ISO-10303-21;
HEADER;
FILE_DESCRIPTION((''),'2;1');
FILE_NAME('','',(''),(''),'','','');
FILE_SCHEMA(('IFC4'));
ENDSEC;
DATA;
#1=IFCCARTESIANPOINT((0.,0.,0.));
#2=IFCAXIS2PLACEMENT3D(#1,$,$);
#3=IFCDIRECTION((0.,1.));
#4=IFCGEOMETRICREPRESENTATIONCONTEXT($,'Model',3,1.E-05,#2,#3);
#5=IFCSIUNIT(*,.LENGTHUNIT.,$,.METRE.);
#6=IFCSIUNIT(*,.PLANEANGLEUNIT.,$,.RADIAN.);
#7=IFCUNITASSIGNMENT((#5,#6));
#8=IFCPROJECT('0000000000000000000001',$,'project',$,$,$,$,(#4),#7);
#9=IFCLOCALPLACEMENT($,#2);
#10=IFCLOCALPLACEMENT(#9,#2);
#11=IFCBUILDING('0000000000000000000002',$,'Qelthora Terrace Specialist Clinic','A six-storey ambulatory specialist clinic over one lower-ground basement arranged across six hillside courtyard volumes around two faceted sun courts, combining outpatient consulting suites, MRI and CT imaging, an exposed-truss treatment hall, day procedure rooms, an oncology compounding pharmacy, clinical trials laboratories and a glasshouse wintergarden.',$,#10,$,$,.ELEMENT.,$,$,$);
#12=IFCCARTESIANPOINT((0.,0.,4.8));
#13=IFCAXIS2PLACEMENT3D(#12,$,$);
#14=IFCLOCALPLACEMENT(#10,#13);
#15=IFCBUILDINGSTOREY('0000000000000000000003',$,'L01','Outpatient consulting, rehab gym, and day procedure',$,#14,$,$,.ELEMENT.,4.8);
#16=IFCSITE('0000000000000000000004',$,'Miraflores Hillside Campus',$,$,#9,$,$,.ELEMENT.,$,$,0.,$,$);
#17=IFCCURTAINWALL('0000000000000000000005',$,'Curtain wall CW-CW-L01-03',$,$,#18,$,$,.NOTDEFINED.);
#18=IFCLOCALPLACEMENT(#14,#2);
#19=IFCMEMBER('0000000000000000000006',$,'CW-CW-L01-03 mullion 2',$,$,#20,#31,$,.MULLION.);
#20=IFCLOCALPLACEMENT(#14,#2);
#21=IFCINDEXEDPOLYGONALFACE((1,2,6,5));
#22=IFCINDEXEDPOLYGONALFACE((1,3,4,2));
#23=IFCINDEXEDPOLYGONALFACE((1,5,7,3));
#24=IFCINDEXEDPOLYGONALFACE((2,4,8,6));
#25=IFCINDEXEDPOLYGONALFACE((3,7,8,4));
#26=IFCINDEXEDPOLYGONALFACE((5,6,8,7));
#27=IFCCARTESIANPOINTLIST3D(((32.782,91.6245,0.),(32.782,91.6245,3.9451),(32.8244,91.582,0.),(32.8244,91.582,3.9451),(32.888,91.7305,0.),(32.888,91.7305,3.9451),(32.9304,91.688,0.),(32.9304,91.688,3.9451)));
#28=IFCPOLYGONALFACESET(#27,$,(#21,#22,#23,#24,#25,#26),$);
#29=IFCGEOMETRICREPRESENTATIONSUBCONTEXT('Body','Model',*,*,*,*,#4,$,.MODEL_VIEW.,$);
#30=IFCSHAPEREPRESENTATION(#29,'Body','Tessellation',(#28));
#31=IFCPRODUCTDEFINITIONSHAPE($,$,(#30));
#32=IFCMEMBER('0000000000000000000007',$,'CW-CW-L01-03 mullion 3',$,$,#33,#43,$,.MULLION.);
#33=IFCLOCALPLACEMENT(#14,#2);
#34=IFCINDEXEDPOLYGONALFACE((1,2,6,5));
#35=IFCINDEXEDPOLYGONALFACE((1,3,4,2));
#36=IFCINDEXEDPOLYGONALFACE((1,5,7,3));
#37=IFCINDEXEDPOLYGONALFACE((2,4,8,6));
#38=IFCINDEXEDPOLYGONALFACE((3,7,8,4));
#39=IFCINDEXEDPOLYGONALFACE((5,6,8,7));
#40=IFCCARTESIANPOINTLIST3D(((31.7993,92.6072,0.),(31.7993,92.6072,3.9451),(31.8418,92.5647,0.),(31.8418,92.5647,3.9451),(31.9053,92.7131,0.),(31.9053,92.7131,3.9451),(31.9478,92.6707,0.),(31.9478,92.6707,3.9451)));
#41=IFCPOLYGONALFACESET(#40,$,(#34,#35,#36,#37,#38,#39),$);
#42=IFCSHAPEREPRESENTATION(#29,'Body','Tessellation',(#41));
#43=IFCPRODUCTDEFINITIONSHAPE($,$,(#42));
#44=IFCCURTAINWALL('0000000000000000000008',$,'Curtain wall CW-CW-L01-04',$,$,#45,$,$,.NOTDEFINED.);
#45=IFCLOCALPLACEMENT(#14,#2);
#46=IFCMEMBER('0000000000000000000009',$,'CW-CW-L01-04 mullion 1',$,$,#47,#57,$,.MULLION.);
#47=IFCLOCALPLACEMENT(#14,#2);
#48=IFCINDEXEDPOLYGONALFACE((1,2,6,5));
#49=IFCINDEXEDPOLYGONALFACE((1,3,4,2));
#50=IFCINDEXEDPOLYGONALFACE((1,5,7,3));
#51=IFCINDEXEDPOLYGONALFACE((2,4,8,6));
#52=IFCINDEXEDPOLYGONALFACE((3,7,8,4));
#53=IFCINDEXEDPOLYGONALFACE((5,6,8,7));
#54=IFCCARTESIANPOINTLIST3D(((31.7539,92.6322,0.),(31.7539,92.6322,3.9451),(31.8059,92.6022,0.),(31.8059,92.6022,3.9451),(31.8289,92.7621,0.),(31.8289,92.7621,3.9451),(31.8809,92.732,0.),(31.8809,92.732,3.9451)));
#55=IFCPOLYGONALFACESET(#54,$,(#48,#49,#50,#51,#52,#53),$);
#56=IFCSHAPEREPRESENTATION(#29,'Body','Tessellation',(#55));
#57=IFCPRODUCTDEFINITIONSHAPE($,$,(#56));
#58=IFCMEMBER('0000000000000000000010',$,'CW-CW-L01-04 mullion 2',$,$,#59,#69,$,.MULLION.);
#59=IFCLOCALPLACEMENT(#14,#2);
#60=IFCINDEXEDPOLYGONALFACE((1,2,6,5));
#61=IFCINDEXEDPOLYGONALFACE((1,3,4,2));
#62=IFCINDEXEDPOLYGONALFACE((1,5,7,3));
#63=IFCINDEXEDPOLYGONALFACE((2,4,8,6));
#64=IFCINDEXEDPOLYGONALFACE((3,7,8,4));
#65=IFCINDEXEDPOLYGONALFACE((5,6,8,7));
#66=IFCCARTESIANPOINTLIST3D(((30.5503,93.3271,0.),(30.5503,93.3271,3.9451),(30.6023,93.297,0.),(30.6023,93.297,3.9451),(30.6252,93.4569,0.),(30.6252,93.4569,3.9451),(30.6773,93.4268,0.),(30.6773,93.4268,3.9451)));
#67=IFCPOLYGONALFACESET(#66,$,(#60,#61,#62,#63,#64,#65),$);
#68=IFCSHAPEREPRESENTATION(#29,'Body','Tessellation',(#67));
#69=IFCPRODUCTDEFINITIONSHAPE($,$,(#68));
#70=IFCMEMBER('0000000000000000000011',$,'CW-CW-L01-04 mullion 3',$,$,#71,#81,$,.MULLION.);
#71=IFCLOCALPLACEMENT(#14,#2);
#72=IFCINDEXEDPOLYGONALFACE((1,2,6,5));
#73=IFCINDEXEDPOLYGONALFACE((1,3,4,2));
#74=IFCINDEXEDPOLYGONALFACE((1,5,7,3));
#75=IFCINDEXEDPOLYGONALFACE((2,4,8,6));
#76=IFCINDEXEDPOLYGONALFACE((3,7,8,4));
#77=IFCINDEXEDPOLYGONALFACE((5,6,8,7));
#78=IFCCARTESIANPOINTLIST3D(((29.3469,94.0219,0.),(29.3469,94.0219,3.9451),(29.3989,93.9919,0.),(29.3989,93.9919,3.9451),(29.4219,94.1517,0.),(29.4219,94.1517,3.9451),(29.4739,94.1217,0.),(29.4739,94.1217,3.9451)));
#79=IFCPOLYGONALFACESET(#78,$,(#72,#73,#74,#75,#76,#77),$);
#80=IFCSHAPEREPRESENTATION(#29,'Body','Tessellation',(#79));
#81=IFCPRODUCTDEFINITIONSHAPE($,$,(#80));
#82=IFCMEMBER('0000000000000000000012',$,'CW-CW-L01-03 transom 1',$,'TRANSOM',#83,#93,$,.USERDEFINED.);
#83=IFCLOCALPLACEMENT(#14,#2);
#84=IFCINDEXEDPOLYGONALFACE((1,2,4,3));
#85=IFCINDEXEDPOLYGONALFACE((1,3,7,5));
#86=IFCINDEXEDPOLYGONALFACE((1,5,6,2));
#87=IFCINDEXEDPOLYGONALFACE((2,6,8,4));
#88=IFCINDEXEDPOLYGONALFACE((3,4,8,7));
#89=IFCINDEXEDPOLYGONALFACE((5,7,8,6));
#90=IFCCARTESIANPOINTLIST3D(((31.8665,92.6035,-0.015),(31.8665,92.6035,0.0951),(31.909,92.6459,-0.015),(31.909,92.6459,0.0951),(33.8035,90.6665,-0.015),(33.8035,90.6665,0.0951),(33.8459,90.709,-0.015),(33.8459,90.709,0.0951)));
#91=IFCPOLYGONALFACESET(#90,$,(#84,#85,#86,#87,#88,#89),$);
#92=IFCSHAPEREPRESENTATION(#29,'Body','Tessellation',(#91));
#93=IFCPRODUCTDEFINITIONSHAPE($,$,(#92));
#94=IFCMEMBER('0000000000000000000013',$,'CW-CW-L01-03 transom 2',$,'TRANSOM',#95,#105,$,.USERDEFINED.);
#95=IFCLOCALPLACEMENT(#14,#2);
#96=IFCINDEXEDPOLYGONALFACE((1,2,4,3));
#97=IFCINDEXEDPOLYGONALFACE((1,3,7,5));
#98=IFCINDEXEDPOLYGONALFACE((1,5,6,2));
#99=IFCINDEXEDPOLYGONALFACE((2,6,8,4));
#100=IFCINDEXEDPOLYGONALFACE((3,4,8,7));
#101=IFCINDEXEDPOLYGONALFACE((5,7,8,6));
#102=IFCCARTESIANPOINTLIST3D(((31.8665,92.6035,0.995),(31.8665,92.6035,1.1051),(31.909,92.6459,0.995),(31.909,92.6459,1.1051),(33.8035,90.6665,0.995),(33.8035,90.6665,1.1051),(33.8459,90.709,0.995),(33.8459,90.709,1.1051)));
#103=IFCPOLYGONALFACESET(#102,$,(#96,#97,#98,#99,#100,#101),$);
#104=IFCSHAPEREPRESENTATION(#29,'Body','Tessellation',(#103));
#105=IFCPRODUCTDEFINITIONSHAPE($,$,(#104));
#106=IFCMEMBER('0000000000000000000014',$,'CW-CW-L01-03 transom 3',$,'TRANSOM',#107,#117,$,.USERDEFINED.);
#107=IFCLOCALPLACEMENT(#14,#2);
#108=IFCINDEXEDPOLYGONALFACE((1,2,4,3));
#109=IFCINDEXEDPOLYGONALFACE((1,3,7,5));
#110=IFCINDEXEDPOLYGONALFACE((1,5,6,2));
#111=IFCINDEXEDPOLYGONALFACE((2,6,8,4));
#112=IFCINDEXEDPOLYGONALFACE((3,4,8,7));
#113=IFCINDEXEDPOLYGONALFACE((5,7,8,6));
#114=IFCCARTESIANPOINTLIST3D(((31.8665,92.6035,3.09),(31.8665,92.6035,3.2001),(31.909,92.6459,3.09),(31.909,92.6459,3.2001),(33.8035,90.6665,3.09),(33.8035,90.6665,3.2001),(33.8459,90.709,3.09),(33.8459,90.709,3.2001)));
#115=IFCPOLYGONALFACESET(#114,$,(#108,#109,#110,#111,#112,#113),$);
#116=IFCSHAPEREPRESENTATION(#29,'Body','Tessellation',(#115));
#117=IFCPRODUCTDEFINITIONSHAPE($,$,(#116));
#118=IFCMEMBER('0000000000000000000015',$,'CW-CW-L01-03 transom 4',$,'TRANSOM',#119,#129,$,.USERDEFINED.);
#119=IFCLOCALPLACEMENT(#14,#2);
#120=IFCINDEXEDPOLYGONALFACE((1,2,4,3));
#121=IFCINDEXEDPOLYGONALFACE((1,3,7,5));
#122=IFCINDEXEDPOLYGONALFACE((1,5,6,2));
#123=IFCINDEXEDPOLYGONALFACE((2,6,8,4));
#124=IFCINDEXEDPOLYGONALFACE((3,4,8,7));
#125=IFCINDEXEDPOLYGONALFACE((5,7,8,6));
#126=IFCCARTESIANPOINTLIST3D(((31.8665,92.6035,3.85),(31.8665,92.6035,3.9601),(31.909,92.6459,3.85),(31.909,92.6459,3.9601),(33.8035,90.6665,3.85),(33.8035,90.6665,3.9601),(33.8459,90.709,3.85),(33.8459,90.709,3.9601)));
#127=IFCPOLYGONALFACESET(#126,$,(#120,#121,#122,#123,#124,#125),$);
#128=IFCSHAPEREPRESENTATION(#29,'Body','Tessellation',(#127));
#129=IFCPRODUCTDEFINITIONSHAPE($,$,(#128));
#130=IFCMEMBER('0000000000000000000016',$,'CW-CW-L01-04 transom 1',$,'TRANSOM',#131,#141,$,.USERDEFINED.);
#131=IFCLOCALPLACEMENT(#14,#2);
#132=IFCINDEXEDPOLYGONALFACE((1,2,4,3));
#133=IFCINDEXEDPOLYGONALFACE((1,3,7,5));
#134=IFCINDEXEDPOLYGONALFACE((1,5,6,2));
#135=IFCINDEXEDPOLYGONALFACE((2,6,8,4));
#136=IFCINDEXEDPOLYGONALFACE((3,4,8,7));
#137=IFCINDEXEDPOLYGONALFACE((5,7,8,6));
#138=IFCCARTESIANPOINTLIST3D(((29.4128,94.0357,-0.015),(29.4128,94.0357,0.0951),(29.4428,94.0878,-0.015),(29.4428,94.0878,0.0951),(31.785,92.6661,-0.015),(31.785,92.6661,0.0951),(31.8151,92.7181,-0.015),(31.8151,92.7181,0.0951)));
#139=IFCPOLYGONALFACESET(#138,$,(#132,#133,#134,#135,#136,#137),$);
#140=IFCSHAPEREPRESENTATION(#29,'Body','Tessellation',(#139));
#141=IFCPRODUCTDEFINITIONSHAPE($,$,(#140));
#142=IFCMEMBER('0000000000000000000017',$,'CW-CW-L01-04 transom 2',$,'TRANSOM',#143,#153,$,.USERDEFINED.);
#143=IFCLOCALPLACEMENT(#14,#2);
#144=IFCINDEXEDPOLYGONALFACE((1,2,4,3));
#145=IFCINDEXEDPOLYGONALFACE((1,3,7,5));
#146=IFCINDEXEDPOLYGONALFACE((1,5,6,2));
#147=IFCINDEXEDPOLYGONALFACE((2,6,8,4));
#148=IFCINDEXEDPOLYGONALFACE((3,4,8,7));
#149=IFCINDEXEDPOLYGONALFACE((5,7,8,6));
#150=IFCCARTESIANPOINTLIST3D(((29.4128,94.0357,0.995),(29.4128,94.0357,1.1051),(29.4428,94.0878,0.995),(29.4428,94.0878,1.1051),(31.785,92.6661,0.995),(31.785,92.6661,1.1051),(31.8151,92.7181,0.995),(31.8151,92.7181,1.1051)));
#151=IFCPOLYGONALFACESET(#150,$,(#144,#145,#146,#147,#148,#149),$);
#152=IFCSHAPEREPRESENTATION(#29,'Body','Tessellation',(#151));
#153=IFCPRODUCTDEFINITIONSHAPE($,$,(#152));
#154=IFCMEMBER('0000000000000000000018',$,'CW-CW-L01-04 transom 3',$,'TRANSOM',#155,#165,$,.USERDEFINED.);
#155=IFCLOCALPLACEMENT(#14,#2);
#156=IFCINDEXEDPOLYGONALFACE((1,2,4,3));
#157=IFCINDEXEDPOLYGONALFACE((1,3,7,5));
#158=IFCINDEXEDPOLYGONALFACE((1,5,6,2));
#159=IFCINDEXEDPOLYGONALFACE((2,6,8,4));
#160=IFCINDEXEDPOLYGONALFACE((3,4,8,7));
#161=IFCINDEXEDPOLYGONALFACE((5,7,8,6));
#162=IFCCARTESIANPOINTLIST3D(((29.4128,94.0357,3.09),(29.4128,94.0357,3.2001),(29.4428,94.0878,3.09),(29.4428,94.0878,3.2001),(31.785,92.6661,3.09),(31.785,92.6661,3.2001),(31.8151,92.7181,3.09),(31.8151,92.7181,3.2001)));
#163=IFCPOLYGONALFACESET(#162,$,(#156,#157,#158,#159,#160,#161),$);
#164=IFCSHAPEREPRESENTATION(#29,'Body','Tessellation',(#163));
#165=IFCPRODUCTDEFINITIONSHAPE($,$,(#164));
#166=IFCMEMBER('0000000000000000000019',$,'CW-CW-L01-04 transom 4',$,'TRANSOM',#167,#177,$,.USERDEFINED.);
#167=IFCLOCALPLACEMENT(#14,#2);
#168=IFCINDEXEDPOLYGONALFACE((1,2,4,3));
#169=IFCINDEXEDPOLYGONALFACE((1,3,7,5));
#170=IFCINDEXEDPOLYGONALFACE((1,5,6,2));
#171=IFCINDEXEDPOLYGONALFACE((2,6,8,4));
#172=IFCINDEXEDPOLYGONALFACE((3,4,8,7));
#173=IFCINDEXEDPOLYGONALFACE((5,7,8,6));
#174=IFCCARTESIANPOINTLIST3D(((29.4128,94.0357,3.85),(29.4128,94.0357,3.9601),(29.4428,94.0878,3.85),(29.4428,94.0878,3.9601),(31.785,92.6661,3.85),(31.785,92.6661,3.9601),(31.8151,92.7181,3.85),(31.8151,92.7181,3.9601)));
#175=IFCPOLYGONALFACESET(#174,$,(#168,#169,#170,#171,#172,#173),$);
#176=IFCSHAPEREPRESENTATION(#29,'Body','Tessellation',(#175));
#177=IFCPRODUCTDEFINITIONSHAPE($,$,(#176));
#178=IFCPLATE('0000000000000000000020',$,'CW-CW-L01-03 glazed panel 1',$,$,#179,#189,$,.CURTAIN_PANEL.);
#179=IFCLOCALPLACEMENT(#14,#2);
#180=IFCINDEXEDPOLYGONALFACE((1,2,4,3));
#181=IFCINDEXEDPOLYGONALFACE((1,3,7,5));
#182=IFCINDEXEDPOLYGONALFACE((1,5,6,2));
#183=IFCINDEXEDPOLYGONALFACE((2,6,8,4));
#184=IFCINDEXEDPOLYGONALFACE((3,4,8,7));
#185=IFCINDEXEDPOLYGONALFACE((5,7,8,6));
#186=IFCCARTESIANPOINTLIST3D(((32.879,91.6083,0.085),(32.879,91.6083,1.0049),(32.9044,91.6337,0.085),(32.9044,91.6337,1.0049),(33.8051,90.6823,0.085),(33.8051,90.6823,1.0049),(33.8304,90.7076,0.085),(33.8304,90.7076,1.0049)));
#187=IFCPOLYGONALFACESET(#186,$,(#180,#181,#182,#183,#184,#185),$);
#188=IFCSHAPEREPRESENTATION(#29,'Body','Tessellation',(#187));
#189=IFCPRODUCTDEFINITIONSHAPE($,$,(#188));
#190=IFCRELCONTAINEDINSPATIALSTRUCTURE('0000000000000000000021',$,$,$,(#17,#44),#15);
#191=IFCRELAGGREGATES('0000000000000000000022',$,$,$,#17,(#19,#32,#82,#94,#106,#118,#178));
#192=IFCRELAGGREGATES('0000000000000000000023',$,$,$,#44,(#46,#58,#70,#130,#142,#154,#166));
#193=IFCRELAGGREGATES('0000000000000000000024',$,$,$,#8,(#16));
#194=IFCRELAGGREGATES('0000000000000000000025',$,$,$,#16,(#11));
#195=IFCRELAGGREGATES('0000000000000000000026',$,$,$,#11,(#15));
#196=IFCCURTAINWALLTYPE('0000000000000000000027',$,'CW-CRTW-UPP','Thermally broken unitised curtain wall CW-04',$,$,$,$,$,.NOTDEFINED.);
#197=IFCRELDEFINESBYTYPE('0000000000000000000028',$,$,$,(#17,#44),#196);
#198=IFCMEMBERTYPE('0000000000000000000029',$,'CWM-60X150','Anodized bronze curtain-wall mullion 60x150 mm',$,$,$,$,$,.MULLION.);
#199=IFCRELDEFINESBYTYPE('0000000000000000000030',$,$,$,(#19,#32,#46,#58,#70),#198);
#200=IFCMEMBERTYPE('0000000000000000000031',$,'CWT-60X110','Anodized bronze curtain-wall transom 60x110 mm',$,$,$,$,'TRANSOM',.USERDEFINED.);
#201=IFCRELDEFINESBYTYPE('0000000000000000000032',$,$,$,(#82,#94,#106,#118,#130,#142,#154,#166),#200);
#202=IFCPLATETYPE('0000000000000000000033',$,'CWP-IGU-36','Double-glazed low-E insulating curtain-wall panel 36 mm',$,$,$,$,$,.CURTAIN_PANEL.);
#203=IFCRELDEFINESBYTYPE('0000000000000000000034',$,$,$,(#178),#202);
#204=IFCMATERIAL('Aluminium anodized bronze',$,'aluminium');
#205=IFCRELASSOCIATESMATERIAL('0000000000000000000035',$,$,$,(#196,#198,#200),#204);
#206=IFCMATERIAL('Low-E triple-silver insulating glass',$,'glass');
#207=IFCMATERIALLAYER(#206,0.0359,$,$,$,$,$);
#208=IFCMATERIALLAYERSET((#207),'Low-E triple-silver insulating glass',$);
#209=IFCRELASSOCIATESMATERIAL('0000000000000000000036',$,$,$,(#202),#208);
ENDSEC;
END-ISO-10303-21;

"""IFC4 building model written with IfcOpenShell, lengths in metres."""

from ifc_helpers import new_model, si_unit, direction, frame, origin, origin_2d, place, context, subcontext, project, spatial, rectangle, extrude, material, layer, layer_set, material_profile, profile_set, type_object, element, aggregate, save


model = new_model("IFC4")

# Units and contexts
model_context = context("Model", 3, precision=1e-05, world=origin(), true_north=direction((0.0, 1.0)))
body_context = subcontext(model_context, "Body", "Model", "MODEL_VIEW")
ifc_project = project(units=[si_unit("LENGTHUNIT", "METRE"), si_unit("PLANEANGLEUNIT", "RADIAN")], contexts=[model_context])

# Site, building, storey
site_placement = place(None, origin())
site = spatial("IfcSite", under=ifc_project, at=site_placement, Name="Miraflores Hillside Campus", CompositionType="ELEMENT", RefElevation=0.0)
building_placement = place(site_placement, origin())
building = spatial("IfcBuilding", under=site, at=building_placement, Name="Qelthora Terrace Specialist Clinic", Description="A six-storey ambulatory specialist clinic over one lower-ground basement arranged across six hillside courtyard volumes around two faceted sun courts, combining outpatient consulting suites, MRI and CT imaging, an exposed-truss treatment hall, day procedure rooms, an oncology compounding pharmacy, clinical trials laboratories and a glasshouse wintergarden.", CompositionType="ELEMENT")
storey_placement = place(building_placement, frame((0.0, 0.0, 4.8)))
storey = spatial("IfcBuildingStorey", under=building, at=storey_placement, Name="L01", Description="Outpatient consulting, rehab gym, and day procedure", CompositionType="ELEMENT", Elevation=4.8)

# Curtain walls, members
ifc_material_1 = material(Name="Aluminium anodized bronze", Category="aluminium")
curtain_wall_type = type_object("IfcCurtainWallType", Name="CW-CRTW-UPP", Description="Thermally broken unitised curtain wall CW-04", PredefinedType="NOTDEFINED", material=ifc_material_1)
curtain_wall_1_placement = place(storey_placement, origin())
curtain_wall_1 = element("IfcCurtainWall", 1, at=curtain_wall_1_placement, inside=storey, type_object=curtain_wall_type, Name="Curtain wall CW-CW-L01-03", PredefinedType="NOTDEFINED")
ifc_material_profile_1 = material_profile(ifc_material_1, rectangle(XDim=0.0601, YDim=0.1499, at=origin_2d()), Name="CWM60X150")
ifc_profile_set_1 = profile_set([ifc_material_profile_1], Name="Aluminium anodized bronze")
member_type_1 = type_object("IfcMemberType", Name="CWM-60X150", Description="Anodized bronze curtain-wall mullion 60x150 mm", PredefinedType="MULLION", material=ifc_profile_set_1)
member_1_placement = place(storey_placement, frame((32.8562, 91.6562, 0.0), z_axis=(0.0, 0.0, 1.0), x_axis=(-0.707107, 0.707107, 0.0)))
member_1 = element("IfcMember", 2, at=member_1_placement, type_object=member_type_1, Name="CW-CW-L01-03 mullion 2", PredefinedType="MULLION", context=body_context, shape_type="SweptSolid", body=[
    extrude(rectangle(XDim=0.0601, YDim=0.1499, at=origin_2d()), origin(), (0.0, 0.0, 1.0), 3.9451),
])
member_2_placement = place(storey_placement, frame((31.8735, 92.6389, 0.0), z_axis=(0.0, 0.0, 1.0), x_axis=(-0.707107, 0.707107, 0.0)))
member_2 = element("IfcMember", 3, at=member_2_placement, type_object=member_type_1, Name="CW-CW-L01-03 mullion 3", PredefinedType="MULLION", context=body_context, shape_type="SweptSolid", body=[
    extrude(rectangle(XDim=0.0601, YDim=0.1499, at=origin_2d()), origin(), (0.0, 0.0, 1.0), 3.9451),
])
curtain_wall_2_placement = place(storey_placement, origin())
curtain_wall_2 = element("IfcCurtainWall", 4, at=curtain_wall_2_placement, inside=storey, type_object=curtain_wall_type, Name="Curtain wall CW-CW-L01-04", PredefinedType="NOTDEFINED")
member_3_placement = place(storey_placement, frame((31.8174, 92.6821, 0.0), z_axis=(0.0, 0.0, 1.0), x_axis=(-0.866026, 0.5, 0.0)))
member_3 = element("IfcMember", 5, at=member_3_placement, type_object=member_type_1, Name="CW-CW-L01-04 mullion 1", PredefinedType="MULLION", context=body_context, shape_type="SweptSolid", body=[
    extrude(rectangle(XDim=0.0601, YDim=0.1499, at=origin_2d()), origin(), (0.0, 0.0, 1.0), 3.9451),
])
member_4_placement = place(storey_placement, frame((30.6138, 93.377, 0.0), z_axis=(0.0, 0.0, 1.0), x_axis=(-0.866026, 0.5, 0.0)))
member_4 = element("IfcMember", 6, at=member_4_placement, type_object=member_type_1, Name="CW-CW-L01-04 mullion 2", PredefinedType="MULLION", context=body_context, shape_type="SweptSolid", body=[
    extrude(rectangle(XDim=0.0601, YDim=0.1499, at=origin_2d()), origin(), (0.0, 0.0, 1.0), 3.9451),
])
member_5_placement = place(storey_placement, frame((29.4104, 94.0718, 0.0), z_axis=(0.0, 0.0, 1.0), x_axis=(-0.866026, 0.5, 0.0)))
member_5 = element("IfcMember", 7, at=member_5_placement, type_object=member_type_1, Name="CW-CW-L01-04 mullion 3", PredefinedType="MULLION", context=body_context, shape_type="SweptSolid", body=[
    extrude(rectangle(XDim=0.0601, YDim=0.1499, at=origin_2d()), origin(), (0.0, 0.0, 1.0), 3.9451),
])

# Members
ifc_material_profile_2 = material_profile(ifc_material_1, rectangle(XDim=0.0601, YDim=0.1101, at=origin_2d()), Name="CWT60X110")
ifc_profile_set_2 = profile_set([ifc_material_profile_2], Name="Aluminium anodized bronze")
member_type_2 = type_object("IfcMemberType", Name="CWT-60X110", Description="Anodized bronze curtain-wall transom 60x110 mm", ElementType="TRANSOM", PredefinedType="USERDEFINED", material=ifc_profile_set_2)
member_6_placement = place(storey_placement, frame((33.8247, 90.6877, 0.04), z_axis=(-0.707107, 0.707107, 0.0), x_axis=(-0.707107, -0.707107, 0.0)))
member_6 = element("IfcMember", 8, at=member_6_placement, type_object=member_type_2, Name="CW-CW-L01-03 transom 1", ObjectType="TRANSOM", PredefinedType="USERDEFINED", context=body_context, shape_type="SweptSolid", body=[
    extrude(rectangle(XDim=0.0601, YDim=0.1101, at=origin_2d()), origin(), (0.0, 0.0, 1.0), 2.7393),
])
member_7_placement = place(storey_placement, frame((33.8247, 90.6877, 1.05), z_axis=(-0.707107, 0.707107, 0.0), x_axis=(-0.707107, -0.707107, 0.0)))
member_7 = element("IfcMember", 9, at=member_7_placement, type_object=member_type_2, Name="CW-CW-L01-03 transom 2", ObjectType="TRANSOM", PredefinedType="USERDEFINED", context=body_context, shape_type="SweptSolid", body=[
    extrude(rectangle(XDim=0.0601, YDim=0.1101, at=origin_2d()), origin(), (0.0, 0.0, 1.0), 2.7393),
])
member_8_placement = place(storey_placement, frame((33.8247, 90.6877, 3.145), z_axis=(-0.707107, 0.707107, 0.0), x_axis=(-0.707107, -0.707107, 0.0)))
member_8 = element("IfcMember", 10, at=member_8_placement, type_object=member_type_2, Name="CW-CW-L01-03 transom 3", ObjectType="TRANSOM", PredefinedType="USERDEFINED", context=body_context, shape_type="SweptSolid", body=[
    extrude(rectangle(XDim=0.0601, YDim=0.1101, at=origin_2d()), origin(), (0.0, 0.0, 1.0), 2.7393),
])
member_9_placement = place(storey_placement, frame((33.8247, 90.6877, 3.905), z_axis=(-0.707107, 0.707107, 0.0), x_axis=(-0.707107, -0.707107, 0.0)))
member_9 = element("IfcMember", 11, at=member_9_placement, type_object=member_type_2, Name="CW-CW-L01-03 transom 4", ObjectType="TRANSOM", PredefinedType="USERDEFINED", context=body_context, shape_type="SweptSolid", body=[
    extrude(rectangle(XDim=0.0601, YDim=0.1101, at=origin_2d()), origin(), (0.0, 0.0, 1.0), 2.7393),
])
member_10_placement = place(storey_placement, frame((31.8, 92.6921, 0.04), z_axis=(-0.86603, 0.499992, 0.0), x_axis=(-0.499992, -0.86603, 0.0)))
member_10 = element("IfcMember", 12, at=member_10_placement, type_object=member_type_2, Name="CW-CW-L01-04 transom 1", ObjectType="TRANSOM", PredefinedType="USERDEFINED", context=body_context, shape_type="SweptSolid", body=[
    extrude(rectangle(XDim=0.0601, YDim=0.1101, at=origin_2d()), origin(), (0.0, 0.0, 1.0), 2.7393),
])
member_11_placement = place(storey_placement, frame((31.8, 92.6921, 1.05), z_axis=(-0.86603, 0.499992, 0.0), x_axis=(-0.499992, -0.86603, 0.0)))
member_11 = element("IfcMember", 13, at=member_11_placement, type_object=member_type_2, Name="CW-CW-L01-04 transom 2", ObjectType="TRANSOM", PredefinedType="USERDEFINED", context=body_context, shape_type="SweptSolid", body=[
    extrude(rectangle(XDim=0.0601, YDim=0.1101, at=origin_2d()), origin(), (0.0, 0.0, 1.0), 2.7393),
])
member_12_placement = place(storey_placement, frame((31.8, 92.6921, 3.145), z_axis=(-0.86603, 0.499992, 0.0), x_axis=(-0.499992, -0.86603, 0.0)))
member_12 = element("IfcMember", 14, at=member_12_placement, type_object=member_type_2, Name="CW-CW-L01-04 transom 3", ObjectType="TRANSOM", PredefinedType="USERDEFINED", context=body_context, shape_type="SweptSolid", body=[
    extrude(rectangle(XDim=0.0601, YDim=0.1101, at=origin_2d()), origin(), (0.0, 0.0, 1.0), 2.7393),
])
member_13_placement = place(storey_placement, frame((31.8, 92.6921, 3.905), z_axis=(-0.86603, 0.499992, 0.0), x_axis=(-0.499992, -0.86603, 0.0)))
member_13 = element("IfcMember", 15, at=member_13_placement, type_object=member_type_2, Name="CW-CW-L01-04 transom 4", ObjectType="TRANSOM", PredefinedType="USERDEFINED", context=body_context, shape_type="SweptSolid", body=[
    extrude(rectangle(XDim=0.0601, YDim=0.1101, at=origin_2d()), origin(), (0.0, 0.0, 1.0), 2.7393),
])

# Plate
ifc_material_2 = material(Name="Low-E triple-silver insulating glass", Category="glass")
ifc_layer = layer(ifc_material_2, 0.0359)
ifc_layer_set = layer_set([ifc_layer], Name="Low-E triple-silver insulating glass")
plate_type = type_object("IfcPlateType", Name="CWP-IGU-36", Description="Double-glazed low-E insulating curtain-wall panel 36 mm", PredefinedType="CURTAIN_PANEL", material=ifc_layer_set)
plate_1_placement = place(storey_placement, frame((33.3547, 91.158, 0.085), z_axis=(0.0, 0.0, 1.0), x_axis=(-0.707107, 0.707107, 0.0)))
plate_1 = element("IfcPlate", 16, at=plate_1_placement, type_object=plate_type, Name="CW-CW-L01-03 glazed panel 1", PredefinedType="CURTAIN_PANEL", context=body_context, shape_type="SweptSolid", body=[
    extrude(rectangle(XDim=1.3096, YDim=0.0359, at=origin_2d()), origin(), (0.0, 0.0, 1.0), 0.9199),
])
aggregate(curtain_wall_1, [member_1, member_2, member_6, member_7, member_8, member_9, plate_1])
aggregate(curtain_wall_2, [member_3, member_4, member_5, member_10, member_11, member_12, member_13])

save(model, "model.ifc")
